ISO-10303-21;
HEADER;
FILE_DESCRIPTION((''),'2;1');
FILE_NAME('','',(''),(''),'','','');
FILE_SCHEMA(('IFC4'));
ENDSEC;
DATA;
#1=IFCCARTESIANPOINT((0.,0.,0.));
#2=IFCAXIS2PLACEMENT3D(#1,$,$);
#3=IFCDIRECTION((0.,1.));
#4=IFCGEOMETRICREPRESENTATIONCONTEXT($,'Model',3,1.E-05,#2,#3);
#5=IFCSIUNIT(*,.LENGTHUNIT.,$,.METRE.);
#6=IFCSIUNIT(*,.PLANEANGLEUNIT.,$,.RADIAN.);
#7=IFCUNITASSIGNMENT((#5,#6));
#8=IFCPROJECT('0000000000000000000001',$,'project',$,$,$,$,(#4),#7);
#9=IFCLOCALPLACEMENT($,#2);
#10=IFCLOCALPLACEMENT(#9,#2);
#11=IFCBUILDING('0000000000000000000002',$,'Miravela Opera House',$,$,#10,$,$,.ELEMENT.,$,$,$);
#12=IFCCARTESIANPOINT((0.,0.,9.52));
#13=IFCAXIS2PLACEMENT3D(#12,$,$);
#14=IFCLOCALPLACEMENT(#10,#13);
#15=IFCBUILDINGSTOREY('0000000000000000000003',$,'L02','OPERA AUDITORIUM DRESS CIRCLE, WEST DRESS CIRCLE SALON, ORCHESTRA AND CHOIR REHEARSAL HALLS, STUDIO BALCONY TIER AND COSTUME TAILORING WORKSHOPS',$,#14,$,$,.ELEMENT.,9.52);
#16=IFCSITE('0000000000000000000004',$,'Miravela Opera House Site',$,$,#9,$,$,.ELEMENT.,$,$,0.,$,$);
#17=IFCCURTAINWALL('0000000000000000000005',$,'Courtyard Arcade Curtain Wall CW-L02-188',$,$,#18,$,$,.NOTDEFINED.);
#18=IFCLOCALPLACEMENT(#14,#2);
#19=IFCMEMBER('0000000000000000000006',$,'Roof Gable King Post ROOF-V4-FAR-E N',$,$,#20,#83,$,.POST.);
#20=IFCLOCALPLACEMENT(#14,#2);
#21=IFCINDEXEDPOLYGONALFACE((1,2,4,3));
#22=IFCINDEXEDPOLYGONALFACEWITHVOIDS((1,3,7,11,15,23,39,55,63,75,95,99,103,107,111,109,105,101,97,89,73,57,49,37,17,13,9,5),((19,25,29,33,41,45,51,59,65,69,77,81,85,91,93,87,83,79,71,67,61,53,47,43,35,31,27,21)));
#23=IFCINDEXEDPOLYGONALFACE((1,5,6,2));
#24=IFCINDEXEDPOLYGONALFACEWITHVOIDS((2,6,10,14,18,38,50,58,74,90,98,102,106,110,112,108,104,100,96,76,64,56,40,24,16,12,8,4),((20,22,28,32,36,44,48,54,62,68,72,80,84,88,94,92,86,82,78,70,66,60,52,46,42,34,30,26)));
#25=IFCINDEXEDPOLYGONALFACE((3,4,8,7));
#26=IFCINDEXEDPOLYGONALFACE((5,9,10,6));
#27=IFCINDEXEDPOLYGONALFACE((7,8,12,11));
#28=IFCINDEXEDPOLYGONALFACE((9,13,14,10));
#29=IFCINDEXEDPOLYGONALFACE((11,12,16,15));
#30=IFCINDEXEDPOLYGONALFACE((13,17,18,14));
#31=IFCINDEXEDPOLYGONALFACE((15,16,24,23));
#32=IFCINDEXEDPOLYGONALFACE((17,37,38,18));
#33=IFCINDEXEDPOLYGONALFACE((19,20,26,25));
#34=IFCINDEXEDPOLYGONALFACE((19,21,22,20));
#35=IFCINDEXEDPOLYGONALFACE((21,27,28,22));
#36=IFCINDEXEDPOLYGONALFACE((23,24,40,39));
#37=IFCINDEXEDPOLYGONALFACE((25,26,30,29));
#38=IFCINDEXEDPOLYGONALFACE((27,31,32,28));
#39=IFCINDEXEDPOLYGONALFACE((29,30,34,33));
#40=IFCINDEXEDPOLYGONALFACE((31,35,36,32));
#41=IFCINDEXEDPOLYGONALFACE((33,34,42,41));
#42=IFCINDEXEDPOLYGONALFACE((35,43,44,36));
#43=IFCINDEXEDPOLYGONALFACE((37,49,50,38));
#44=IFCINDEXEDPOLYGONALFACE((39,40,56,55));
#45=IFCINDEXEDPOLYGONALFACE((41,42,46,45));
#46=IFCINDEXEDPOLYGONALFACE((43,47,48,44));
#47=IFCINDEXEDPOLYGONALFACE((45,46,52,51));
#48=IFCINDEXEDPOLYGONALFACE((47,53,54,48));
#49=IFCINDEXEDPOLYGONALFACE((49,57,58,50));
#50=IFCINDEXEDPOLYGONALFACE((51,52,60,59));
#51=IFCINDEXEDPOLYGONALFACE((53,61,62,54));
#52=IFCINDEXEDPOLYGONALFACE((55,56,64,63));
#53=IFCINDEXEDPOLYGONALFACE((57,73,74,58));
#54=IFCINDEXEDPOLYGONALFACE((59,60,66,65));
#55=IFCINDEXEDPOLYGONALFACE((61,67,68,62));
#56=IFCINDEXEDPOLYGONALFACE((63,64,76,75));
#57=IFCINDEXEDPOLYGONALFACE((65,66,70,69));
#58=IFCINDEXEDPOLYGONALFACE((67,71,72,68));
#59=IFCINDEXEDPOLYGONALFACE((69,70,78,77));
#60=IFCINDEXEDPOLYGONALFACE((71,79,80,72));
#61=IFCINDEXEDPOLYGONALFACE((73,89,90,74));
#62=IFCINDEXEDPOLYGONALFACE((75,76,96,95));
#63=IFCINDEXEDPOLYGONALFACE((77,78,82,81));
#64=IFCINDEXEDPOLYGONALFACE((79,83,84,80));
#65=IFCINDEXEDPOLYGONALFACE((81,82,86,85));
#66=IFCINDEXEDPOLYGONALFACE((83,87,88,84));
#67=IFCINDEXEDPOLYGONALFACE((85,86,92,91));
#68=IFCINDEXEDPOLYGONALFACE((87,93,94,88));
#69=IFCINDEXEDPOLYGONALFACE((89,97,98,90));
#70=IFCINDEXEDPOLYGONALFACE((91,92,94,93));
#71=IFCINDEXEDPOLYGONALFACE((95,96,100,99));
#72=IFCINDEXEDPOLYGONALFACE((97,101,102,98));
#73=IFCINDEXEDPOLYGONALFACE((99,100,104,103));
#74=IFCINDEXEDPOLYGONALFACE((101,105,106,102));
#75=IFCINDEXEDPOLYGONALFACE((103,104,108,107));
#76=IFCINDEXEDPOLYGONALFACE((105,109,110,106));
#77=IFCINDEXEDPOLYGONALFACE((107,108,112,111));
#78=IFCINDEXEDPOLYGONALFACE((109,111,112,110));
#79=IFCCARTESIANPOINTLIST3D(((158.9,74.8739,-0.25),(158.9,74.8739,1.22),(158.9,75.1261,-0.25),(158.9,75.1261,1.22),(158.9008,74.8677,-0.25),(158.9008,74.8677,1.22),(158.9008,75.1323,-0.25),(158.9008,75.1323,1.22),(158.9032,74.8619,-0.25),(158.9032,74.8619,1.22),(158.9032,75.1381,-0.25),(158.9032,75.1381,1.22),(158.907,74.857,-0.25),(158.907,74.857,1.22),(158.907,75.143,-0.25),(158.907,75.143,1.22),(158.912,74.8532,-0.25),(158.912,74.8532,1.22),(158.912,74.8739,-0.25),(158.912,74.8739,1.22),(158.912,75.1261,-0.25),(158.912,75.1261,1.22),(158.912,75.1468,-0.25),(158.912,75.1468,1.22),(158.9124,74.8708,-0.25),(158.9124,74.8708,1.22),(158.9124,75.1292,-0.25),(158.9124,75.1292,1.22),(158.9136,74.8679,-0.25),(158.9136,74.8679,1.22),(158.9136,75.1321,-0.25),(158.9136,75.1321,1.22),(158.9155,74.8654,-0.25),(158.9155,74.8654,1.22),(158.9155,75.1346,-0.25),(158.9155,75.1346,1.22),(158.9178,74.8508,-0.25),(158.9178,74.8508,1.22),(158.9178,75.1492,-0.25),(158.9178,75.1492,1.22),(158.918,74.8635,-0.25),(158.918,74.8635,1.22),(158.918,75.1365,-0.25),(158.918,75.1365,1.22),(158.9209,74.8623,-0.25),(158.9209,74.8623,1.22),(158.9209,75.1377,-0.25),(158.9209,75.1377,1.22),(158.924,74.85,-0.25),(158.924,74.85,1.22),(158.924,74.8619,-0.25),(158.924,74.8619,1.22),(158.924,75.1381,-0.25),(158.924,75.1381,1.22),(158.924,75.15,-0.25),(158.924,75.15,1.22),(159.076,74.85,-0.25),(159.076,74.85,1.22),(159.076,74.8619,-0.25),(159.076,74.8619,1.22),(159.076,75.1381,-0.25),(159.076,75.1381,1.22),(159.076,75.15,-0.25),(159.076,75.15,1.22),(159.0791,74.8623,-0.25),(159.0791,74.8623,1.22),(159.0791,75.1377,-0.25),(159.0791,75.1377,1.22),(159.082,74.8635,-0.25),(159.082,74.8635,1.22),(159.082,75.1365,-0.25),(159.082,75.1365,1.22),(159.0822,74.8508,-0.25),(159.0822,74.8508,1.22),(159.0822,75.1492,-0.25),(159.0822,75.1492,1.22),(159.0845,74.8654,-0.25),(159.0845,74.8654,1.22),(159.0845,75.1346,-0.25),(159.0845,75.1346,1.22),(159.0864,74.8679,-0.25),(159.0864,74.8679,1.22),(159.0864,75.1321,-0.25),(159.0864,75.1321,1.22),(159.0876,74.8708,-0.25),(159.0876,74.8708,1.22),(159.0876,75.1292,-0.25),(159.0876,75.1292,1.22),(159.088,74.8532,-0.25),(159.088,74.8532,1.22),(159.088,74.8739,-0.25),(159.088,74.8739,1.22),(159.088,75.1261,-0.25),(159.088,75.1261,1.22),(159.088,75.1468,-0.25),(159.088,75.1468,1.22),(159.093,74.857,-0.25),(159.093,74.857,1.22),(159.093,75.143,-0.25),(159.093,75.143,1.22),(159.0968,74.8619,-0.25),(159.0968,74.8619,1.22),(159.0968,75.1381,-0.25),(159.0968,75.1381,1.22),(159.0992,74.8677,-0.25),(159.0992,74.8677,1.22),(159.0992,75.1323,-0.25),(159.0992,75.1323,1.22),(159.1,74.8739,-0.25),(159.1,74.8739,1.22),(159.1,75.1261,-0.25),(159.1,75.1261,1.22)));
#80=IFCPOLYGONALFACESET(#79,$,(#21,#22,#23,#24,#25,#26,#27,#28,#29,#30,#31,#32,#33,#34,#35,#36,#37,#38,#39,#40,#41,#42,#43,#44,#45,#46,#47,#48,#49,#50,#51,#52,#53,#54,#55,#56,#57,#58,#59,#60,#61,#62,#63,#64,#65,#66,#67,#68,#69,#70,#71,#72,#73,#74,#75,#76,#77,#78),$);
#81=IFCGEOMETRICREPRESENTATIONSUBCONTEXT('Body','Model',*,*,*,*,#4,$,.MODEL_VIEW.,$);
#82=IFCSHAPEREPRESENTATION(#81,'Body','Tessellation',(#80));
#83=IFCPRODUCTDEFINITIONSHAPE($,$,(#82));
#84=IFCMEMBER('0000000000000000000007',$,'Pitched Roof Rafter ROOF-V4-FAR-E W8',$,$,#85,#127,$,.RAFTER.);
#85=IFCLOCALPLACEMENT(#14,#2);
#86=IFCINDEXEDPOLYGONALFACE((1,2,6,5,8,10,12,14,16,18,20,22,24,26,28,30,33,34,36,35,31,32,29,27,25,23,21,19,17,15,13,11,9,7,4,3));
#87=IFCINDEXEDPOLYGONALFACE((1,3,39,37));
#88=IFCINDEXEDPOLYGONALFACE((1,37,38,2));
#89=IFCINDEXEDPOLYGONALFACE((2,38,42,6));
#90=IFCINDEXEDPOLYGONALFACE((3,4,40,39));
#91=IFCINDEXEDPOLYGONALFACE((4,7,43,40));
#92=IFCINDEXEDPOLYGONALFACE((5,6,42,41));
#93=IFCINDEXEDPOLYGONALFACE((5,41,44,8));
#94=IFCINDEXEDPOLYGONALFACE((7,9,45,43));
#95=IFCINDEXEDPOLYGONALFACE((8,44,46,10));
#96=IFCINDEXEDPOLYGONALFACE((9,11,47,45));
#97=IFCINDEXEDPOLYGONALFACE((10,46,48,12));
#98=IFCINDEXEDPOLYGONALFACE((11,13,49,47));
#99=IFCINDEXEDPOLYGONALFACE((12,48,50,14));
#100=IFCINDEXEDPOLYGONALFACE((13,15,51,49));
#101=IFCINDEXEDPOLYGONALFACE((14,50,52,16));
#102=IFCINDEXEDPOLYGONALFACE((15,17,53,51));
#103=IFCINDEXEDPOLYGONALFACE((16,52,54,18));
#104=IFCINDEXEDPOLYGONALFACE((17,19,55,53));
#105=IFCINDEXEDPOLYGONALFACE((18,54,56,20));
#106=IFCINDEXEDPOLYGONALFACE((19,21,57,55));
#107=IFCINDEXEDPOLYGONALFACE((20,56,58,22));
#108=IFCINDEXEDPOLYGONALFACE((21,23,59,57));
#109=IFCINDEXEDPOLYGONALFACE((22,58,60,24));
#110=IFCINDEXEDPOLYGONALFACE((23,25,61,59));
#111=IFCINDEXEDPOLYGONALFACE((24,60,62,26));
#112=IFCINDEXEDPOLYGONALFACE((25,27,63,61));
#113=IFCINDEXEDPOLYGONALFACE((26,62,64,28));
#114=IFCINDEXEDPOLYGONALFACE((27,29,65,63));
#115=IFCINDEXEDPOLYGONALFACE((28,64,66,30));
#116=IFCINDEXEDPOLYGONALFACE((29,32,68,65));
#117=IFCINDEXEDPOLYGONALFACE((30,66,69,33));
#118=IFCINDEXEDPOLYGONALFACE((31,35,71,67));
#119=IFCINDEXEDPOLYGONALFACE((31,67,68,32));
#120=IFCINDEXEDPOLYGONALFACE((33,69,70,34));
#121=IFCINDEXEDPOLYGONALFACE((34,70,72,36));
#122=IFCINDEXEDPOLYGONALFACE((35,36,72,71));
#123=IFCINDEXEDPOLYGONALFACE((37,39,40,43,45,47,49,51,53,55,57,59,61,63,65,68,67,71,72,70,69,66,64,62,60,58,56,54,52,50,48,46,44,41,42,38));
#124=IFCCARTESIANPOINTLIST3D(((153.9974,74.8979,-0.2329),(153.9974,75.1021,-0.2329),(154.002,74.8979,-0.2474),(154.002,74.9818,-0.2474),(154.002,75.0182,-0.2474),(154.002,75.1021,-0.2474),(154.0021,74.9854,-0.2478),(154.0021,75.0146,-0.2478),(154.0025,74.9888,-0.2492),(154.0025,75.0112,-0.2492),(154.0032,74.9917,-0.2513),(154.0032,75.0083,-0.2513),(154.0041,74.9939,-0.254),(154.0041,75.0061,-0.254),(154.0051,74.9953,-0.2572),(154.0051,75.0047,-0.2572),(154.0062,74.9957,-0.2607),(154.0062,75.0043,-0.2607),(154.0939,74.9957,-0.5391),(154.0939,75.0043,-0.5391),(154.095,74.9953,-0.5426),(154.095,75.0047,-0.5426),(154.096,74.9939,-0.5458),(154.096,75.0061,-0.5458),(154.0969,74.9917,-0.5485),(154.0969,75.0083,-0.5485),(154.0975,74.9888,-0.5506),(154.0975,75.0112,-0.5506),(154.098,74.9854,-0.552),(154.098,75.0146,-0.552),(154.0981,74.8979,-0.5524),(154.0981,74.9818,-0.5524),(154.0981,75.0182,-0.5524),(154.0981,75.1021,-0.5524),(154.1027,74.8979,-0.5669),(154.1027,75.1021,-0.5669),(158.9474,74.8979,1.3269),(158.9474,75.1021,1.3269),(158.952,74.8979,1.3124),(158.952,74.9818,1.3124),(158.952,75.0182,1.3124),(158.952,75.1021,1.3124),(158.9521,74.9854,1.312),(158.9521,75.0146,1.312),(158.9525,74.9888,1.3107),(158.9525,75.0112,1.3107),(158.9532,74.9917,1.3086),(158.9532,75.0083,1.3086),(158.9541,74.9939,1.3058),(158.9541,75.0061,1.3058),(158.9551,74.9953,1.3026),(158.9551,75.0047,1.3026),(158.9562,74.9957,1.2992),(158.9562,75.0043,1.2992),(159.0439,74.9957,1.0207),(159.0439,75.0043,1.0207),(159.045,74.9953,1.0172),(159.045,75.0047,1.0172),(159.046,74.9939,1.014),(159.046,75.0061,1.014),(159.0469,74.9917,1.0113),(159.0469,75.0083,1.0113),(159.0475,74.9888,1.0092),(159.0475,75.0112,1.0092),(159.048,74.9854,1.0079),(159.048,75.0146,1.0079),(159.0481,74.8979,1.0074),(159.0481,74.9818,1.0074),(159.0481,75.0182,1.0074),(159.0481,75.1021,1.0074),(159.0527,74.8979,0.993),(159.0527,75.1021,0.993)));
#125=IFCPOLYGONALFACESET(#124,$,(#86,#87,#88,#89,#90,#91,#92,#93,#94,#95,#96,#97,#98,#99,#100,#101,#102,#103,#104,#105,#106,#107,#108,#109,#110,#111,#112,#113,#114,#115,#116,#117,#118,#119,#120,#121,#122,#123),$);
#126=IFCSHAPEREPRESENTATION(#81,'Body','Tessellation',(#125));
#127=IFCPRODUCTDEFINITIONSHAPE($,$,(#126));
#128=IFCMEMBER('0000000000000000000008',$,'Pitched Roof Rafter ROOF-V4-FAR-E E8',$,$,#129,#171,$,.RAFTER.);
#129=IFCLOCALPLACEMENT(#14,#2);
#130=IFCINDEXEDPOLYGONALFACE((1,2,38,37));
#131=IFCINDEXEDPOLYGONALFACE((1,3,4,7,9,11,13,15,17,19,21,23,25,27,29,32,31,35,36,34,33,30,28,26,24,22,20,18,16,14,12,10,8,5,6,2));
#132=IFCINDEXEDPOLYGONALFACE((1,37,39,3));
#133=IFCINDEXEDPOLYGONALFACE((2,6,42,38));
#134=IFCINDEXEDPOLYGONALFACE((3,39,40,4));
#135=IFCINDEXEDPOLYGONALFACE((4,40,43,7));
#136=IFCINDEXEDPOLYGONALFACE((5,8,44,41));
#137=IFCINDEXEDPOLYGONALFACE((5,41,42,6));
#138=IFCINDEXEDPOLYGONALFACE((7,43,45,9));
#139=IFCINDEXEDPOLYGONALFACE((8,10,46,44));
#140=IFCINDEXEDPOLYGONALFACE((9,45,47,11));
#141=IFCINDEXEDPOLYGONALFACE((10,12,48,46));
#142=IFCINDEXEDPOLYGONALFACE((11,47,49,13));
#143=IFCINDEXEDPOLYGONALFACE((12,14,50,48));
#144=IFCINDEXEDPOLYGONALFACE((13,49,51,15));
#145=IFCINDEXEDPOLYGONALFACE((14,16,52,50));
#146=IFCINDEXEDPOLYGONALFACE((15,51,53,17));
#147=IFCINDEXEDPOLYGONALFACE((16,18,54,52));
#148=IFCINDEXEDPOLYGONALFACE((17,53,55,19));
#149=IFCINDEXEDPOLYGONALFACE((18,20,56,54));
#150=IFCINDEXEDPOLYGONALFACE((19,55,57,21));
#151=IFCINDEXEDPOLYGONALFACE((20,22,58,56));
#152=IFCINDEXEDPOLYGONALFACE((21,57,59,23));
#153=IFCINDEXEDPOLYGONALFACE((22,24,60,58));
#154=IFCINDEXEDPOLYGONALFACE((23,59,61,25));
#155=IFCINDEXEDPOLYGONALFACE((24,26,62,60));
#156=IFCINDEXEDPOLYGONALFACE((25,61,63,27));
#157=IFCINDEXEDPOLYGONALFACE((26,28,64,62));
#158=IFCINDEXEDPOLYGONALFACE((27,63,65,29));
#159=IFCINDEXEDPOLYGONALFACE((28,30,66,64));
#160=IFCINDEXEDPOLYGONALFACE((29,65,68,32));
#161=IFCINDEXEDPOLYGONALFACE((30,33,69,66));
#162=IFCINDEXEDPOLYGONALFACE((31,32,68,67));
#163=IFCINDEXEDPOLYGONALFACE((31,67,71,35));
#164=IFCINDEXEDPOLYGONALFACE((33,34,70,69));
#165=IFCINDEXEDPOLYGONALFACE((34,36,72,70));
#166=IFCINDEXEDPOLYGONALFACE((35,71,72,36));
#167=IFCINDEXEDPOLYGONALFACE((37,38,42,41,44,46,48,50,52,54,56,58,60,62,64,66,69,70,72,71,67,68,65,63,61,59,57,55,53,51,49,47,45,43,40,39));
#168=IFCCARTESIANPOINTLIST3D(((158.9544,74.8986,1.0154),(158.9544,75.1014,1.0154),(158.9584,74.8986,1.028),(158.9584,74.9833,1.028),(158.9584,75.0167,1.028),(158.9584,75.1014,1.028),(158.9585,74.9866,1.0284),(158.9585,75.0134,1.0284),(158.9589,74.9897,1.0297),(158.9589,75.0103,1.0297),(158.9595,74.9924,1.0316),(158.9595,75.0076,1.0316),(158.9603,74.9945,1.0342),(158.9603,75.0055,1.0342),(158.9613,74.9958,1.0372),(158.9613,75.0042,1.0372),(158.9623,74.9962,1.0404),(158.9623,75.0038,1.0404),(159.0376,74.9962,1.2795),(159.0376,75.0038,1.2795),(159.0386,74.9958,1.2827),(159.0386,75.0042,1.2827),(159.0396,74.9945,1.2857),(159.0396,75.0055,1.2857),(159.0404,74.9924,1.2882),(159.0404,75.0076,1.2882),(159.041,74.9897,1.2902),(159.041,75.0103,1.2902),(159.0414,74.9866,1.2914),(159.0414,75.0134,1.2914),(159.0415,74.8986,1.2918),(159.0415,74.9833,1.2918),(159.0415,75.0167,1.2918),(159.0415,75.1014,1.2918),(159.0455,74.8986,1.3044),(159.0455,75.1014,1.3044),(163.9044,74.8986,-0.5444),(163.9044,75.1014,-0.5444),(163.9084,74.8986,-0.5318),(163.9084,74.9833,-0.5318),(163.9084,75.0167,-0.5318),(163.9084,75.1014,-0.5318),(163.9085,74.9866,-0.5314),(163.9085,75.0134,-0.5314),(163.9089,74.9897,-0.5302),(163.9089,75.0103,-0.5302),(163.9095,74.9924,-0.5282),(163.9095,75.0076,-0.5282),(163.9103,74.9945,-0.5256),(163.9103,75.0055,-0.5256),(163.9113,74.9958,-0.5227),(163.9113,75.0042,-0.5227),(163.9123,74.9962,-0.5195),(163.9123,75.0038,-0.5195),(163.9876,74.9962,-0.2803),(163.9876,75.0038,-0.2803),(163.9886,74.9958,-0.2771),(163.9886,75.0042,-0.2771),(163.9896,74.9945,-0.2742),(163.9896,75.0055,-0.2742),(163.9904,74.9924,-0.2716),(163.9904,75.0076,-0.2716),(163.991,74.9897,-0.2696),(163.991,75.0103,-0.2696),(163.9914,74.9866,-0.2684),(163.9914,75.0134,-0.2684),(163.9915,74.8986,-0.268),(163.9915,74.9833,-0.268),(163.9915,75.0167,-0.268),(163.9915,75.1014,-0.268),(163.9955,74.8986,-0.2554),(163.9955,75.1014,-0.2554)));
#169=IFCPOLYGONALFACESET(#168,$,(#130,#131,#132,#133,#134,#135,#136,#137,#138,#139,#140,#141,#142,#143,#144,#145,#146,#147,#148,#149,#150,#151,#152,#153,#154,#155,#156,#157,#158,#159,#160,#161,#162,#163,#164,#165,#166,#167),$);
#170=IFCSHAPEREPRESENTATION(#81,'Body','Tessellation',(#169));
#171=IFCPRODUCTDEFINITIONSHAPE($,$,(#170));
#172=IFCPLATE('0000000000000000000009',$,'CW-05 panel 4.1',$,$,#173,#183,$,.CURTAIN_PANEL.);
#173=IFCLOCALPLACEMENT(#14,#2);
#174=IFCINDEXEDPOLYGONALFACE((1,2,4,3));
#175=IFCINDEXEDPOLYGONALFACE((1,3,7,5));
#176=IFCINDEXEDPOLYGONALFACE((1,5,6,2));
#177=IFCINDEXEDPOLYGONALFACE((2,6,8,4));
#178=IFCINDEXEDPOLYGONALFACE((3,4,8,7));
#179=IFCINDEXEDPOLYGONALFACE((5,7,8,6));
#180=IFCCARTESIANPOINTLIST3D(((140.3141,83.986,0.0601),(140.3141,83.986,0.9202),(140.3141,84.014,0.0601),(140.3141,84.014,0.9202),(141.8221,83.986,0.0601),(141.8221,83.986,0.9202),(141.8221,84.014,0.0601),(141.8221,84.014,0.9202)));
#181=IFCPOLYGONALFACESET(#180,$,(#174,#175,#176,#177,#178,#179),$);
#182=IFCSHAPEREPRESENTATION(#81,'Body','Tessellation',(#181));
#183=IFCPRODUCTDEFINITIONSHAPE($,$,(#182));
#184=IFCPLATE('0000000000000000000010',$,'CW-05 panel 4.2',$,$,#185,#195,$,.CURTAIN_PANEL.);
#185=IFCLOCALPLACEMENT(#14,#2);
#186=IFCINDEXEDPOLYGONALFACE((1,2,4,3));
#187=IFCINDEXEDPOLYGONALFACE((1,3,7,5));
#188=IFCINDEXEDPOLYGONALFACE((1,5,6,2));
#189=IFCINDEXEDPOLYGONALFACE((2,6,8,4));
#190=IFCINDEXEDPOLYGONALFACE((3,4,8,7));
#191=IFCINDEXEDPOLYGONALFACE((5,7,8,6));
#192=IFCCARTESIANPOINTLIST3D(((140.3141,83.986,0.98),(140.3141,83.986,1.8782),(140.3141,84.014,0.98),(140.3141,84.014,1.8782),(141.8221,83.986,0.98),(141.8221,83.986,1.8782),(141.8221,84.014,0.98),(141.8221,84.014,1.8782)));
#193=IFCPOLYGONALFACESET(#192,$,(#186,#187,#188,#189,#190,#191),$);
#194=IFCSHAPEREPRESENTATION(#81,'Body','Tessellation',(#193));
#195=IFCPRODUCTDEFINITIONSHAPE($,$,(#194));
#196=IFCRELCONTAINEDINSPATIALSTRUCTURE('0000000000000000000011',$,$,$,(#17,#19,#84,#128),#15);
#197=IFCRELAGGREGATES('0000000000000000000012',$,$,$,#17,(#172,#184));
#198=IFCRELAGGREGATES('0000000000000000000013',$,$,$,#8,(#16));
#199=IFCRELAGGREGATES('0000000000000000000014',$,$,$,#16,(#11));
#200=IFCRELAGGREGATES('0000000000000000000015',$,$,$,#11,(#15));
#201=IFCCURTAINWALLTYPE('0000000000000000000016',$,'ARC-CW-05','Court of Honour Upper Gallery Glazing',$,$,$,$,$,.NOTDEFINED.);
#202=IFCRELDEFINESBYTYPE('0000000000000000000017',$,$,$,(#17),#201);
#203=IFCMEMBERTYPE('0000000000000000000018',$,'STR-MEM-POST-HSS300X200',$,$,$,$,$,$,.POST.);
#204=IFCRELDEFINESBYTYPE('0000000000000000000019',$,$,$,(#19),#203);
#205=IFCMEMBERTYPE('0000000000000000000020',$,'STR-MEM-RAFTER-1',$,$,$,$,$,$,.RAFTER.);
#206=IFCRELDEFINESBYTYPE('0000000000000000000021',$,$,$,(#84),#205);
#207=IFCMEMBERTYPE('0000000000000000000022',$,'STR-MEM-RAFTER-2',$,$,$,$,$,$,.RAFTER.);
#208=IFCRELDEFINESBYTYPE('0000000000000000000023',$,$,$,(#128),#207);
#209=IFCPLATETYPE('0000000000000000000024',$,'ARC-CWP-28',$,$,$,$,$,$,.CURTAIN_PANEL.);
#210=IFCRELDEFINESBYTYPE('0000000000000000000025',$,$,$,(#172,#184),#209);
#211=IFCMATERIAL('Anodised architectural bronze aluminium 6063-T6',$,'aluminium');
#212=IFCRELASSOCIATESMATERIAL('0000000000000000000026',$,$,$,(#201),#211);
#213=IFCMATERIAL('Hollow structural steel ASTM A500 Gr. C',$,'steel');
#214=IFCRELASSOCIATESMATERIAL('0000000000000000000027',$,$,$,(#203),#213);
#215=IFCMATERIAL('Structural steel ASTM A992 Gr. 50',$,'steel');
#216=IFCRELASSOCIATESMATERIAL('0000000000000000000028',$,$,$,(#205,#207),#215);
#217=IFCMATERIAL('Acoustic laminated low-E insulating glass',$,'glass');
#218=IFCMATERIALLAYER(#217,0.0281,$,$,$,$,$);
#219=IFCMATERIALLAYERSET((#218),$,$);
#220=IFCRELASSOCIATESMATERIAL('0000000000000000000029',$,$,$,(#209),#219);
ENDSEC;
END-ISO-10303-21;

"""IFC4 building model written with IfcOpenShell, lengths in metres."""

from ifc_helpers import new_model, si_unit, direction, frame, origin, origin_2d, place, context, subcontext, project, spatial, rectangle, hollow_rectangle, i_section, extrude, material, layer, layer_set, material_profile, profile_set, type_object, element, aggregate, save


model = new_model("IFC4")

# Units and contexts
model_context = context("Model", 3, precision=1e-05, world=origin(), true_north=direction((0.0, 1.0)))
body_context = subcontext(model_context, "Body", "Model", "MODEL_VIEW")
ifc_project = project(units=[si_unit("LENGTHUNIT", "METRE"), si_unit("PLANEANGLEUNIT", "RADIAN")], contexts=[model_context])

# Site, building, storey
site_placement = place(None, origin())
site = spatial("IfcSite", under=ifc_project, at=site_placement, Name="Miravela Opera House Site", CompositionType="ELEMENT", RefElevation=0.0)
building_placement = place(site_placement, origin())
building = spatial("IfcBuilding", under=site, at=building_placement, Name="Miravela Opera House", CompositionType="ELEMENT")
storey_placement = place(building_placement, frame((0.0, 0.0, 9.52)))
storey = spatial("IfcBuildingStorey", under=building, at=storey_placement, Name="L02", Description="OPERA AUDITORIUM DRESS CIRCLE, WEST DRESS CIRCLE SALON, ORCHESTRA AND CHOIR REHEARSAL HALLS, STUDIO BALCONY TIER AND COSTUME TAILORING WORKSHOPS", CompositionType="ELEMENT", Elevation=9.52)

# Curtain wall
ifc_material_1 = material(Name="Anodised architectural bronze aluminium 6063-T6", Category="aluminium")
curtain_wall_type = type_object("IfcCurtainWallType", Name="ARC-CW-05", Description="Court of Honour Upper Gallery Glazing", PredefinedType="NOTDEFINED", material=ifc_material_1)
curtain_wall_placement = place(storey_placement, origin())
curtain_wall = element("IfcCurtainWall", 1, at=curtain_wall_placement, inside=storey, type_object=curtain_wall_type, Name="Courtyard Arcade Curtain Wall CW-L02-188", PredefinedType="NOTDEFINED")

# Shared definitions
ifc_material_2 = material(Name="Structural steel ASTM A992 Gr. 50", Category="steel")

# Members
ifc_material_3 = material(Name="Hollow structural steel ASTM A500 Gr. C", Category="steel")
ifc_material_profile_1 = material_profile(ifc_material_3, hollow_rectangle(XDim=0.2, YDim=0.3, WallThickness=0.012, InnerFilletRadius=0.012, OuterFilletRadius=0.0239, at=origin_2d()), Name="HSS300X200X12")
ifc_profile_set_1 = profile_set([ifc_material_profile_1])
member_type_1 = type_object("IfcMemberType", Name="STR-MEM-POST-HSS300X200", PredefinedType="POST", material=ifc_profile_set_1)
member_1_placement = place(storey_placement, frame((159.0, 75.0, -0.25), z_axis=(0.0, 0.0, 1.0), x_axis=(1.0, 0.0, 0.0)))
element("IfcMember", 2, at=member_1_placement, inside=storey, type_object=member_type_1, Name="Roof Gable King Post ROOF-V4-FAR-E N", PredefinedType="POST", context=body_context, shape_type="SweptSolid", body=[
    extrude(hollow_rectangle(XDim=0.2, YDim=0.3, WallThickness=0.012, InnerFilletRadius=0.012, OuterFilletRadius=0.0239, at=origin_2d()), origin(), (0.0, 0.0, 1.0), 1.47),
])
ifc_material_profile_2 = material_profile(ifc_material_2, i_section(OverallWidth=0.2041, OverallDepth=0.3501, WebThickness=0.0085, FlangeThickness=0.0151, FilletRadius=0.0139, at=origin_2d()), Name="W360X72")
ifc_profile_set_2 = profile_set([ifc_material_profile_2])
member_type_2 = type_object("IfcMemberType", Name="STR-MEM-RAFTER-1", PredefinedType="RAFTER", material=ifc_profile_set_2)
member_2_placement = place(storey_placement, frame((154.05, 75.0, -0.3999), z_axis=(0.953767, 0.0, 0.300548), x_axis=(0.0, 1.0, 0.0)))
element("IfcMember", 3, at=member_2_placement, inside=storey, type_object=member_type_2, Name="Pitched Roof Rafter ROOF-V4-FAR-E W8", PredefinedType="RAFTER", context=body_context, shape_type="SweptSolid", body=[
    extrude(i_section(OverallWidth=0.2041, OverallDepth=0.3501, WebThickness=0.0085, FlangeThickness=0.0151, FilletRadius=0.0139, at=origin_2d()), origin(), (0.0, 0.0, 1.0), 5.1899),
])
ifc_material_profile_3 = material_profile(ifc_material_2, i_section(OverallWidth=0.2029, OverallDepth=0.303, WebThickness=0.0076, FlangeThickness=0.0132, FilletRadius=0.0129, at=origin_2d()), Name="W310X60")
ifc_profile_set_3 = profile_set([ifc_material_profile_3])
member_type_3 = type_object("IfcMemberType", Name="STR-MEM-RAFTER-2", PredefinedType="RAFTER", material=ifc_profile_set_3)
member_3_placement = place(storey_placement, frame((163.95, 75.0, -0.3999), z_axis=(-0.953767, 0.0, 0.300548), x_axis=(0.0, -1.0, 0.0)))
element("IfcMember", 4, at=member_3_placement, inside=storey, type_object=member_type_3, Name="Pitched Roof Rafter ROOF-V4-FAR-E E8", PredefinedType="RAFTER", context=body_context, shape_type="SweptSolid", body=[
    extrude(i_section(OverallWidth=0.2029, OverallDepth=0.303, WebThickness=0.0076, FlangeThickness=0.0132, FilletRadius=0.0129, at=origin_2d()), origin(), (0.0, 0.0, 1.0), 5.1899),
])

# Plates
ifc_material_4 = material(Name="Acoustic laminated low-E insulating glass", Category="glass")
ifc_layer_1 = layer(ifc_material_4, 0.0281)
ifc_layer_set_1 = layer_set([ifc_layer_1])
plate_type_1 = type_object("IfcPlateType", Name="ARC-CWP-28", PredefinedType="CURTAIN_PANEL", material=ifc_layer_set_1)
plate_1_placement = place(storey_placement, frame((141.0681, 84.0, 0.0601), z_axis=(0.0, 0.0, 1.0), x_axis=(1.0, 0.0, 0.0)))
plate_1 = element("IfcPlate", 5, at=plate_1_placement, type_object=plate_type_1, Name="CW-05 panel 4.1", PredefinedType="CURTAIN_PANEL", context=body_context, shape_type="SweptSolid", body=[
    extrude(rectangle(XDim=1.5081, YDim=0.0281, at=origin_2d()), origin(), (0.0, 0.0, 1.0), 0.8601),
])
plate_2_placement = place(storey_placement, frame((141.0681, 84.0, 0.98), z_axis=(0.0, 0.0, 1.0), x_axis=(1.0, 0.0, 0.0)))
plate_2 = element("IfcPlate", 6, at=plate_2_placement, type_object=plate_type_1, Name="CW-05 panel 4.2", PredefinedType="CURTAIN_PANEL", context=body_context, shape_type="SweptSolid", body=[
    extrude(rectangle(XDim=1.5081, YDim=0.0281, at=origin_2d()), origin(), (0.0, 0.0, 1.0), 0.8982),
])
aggregate(curtain_wall, [plate_1, plate_2])

save(model, "model.ifc")
